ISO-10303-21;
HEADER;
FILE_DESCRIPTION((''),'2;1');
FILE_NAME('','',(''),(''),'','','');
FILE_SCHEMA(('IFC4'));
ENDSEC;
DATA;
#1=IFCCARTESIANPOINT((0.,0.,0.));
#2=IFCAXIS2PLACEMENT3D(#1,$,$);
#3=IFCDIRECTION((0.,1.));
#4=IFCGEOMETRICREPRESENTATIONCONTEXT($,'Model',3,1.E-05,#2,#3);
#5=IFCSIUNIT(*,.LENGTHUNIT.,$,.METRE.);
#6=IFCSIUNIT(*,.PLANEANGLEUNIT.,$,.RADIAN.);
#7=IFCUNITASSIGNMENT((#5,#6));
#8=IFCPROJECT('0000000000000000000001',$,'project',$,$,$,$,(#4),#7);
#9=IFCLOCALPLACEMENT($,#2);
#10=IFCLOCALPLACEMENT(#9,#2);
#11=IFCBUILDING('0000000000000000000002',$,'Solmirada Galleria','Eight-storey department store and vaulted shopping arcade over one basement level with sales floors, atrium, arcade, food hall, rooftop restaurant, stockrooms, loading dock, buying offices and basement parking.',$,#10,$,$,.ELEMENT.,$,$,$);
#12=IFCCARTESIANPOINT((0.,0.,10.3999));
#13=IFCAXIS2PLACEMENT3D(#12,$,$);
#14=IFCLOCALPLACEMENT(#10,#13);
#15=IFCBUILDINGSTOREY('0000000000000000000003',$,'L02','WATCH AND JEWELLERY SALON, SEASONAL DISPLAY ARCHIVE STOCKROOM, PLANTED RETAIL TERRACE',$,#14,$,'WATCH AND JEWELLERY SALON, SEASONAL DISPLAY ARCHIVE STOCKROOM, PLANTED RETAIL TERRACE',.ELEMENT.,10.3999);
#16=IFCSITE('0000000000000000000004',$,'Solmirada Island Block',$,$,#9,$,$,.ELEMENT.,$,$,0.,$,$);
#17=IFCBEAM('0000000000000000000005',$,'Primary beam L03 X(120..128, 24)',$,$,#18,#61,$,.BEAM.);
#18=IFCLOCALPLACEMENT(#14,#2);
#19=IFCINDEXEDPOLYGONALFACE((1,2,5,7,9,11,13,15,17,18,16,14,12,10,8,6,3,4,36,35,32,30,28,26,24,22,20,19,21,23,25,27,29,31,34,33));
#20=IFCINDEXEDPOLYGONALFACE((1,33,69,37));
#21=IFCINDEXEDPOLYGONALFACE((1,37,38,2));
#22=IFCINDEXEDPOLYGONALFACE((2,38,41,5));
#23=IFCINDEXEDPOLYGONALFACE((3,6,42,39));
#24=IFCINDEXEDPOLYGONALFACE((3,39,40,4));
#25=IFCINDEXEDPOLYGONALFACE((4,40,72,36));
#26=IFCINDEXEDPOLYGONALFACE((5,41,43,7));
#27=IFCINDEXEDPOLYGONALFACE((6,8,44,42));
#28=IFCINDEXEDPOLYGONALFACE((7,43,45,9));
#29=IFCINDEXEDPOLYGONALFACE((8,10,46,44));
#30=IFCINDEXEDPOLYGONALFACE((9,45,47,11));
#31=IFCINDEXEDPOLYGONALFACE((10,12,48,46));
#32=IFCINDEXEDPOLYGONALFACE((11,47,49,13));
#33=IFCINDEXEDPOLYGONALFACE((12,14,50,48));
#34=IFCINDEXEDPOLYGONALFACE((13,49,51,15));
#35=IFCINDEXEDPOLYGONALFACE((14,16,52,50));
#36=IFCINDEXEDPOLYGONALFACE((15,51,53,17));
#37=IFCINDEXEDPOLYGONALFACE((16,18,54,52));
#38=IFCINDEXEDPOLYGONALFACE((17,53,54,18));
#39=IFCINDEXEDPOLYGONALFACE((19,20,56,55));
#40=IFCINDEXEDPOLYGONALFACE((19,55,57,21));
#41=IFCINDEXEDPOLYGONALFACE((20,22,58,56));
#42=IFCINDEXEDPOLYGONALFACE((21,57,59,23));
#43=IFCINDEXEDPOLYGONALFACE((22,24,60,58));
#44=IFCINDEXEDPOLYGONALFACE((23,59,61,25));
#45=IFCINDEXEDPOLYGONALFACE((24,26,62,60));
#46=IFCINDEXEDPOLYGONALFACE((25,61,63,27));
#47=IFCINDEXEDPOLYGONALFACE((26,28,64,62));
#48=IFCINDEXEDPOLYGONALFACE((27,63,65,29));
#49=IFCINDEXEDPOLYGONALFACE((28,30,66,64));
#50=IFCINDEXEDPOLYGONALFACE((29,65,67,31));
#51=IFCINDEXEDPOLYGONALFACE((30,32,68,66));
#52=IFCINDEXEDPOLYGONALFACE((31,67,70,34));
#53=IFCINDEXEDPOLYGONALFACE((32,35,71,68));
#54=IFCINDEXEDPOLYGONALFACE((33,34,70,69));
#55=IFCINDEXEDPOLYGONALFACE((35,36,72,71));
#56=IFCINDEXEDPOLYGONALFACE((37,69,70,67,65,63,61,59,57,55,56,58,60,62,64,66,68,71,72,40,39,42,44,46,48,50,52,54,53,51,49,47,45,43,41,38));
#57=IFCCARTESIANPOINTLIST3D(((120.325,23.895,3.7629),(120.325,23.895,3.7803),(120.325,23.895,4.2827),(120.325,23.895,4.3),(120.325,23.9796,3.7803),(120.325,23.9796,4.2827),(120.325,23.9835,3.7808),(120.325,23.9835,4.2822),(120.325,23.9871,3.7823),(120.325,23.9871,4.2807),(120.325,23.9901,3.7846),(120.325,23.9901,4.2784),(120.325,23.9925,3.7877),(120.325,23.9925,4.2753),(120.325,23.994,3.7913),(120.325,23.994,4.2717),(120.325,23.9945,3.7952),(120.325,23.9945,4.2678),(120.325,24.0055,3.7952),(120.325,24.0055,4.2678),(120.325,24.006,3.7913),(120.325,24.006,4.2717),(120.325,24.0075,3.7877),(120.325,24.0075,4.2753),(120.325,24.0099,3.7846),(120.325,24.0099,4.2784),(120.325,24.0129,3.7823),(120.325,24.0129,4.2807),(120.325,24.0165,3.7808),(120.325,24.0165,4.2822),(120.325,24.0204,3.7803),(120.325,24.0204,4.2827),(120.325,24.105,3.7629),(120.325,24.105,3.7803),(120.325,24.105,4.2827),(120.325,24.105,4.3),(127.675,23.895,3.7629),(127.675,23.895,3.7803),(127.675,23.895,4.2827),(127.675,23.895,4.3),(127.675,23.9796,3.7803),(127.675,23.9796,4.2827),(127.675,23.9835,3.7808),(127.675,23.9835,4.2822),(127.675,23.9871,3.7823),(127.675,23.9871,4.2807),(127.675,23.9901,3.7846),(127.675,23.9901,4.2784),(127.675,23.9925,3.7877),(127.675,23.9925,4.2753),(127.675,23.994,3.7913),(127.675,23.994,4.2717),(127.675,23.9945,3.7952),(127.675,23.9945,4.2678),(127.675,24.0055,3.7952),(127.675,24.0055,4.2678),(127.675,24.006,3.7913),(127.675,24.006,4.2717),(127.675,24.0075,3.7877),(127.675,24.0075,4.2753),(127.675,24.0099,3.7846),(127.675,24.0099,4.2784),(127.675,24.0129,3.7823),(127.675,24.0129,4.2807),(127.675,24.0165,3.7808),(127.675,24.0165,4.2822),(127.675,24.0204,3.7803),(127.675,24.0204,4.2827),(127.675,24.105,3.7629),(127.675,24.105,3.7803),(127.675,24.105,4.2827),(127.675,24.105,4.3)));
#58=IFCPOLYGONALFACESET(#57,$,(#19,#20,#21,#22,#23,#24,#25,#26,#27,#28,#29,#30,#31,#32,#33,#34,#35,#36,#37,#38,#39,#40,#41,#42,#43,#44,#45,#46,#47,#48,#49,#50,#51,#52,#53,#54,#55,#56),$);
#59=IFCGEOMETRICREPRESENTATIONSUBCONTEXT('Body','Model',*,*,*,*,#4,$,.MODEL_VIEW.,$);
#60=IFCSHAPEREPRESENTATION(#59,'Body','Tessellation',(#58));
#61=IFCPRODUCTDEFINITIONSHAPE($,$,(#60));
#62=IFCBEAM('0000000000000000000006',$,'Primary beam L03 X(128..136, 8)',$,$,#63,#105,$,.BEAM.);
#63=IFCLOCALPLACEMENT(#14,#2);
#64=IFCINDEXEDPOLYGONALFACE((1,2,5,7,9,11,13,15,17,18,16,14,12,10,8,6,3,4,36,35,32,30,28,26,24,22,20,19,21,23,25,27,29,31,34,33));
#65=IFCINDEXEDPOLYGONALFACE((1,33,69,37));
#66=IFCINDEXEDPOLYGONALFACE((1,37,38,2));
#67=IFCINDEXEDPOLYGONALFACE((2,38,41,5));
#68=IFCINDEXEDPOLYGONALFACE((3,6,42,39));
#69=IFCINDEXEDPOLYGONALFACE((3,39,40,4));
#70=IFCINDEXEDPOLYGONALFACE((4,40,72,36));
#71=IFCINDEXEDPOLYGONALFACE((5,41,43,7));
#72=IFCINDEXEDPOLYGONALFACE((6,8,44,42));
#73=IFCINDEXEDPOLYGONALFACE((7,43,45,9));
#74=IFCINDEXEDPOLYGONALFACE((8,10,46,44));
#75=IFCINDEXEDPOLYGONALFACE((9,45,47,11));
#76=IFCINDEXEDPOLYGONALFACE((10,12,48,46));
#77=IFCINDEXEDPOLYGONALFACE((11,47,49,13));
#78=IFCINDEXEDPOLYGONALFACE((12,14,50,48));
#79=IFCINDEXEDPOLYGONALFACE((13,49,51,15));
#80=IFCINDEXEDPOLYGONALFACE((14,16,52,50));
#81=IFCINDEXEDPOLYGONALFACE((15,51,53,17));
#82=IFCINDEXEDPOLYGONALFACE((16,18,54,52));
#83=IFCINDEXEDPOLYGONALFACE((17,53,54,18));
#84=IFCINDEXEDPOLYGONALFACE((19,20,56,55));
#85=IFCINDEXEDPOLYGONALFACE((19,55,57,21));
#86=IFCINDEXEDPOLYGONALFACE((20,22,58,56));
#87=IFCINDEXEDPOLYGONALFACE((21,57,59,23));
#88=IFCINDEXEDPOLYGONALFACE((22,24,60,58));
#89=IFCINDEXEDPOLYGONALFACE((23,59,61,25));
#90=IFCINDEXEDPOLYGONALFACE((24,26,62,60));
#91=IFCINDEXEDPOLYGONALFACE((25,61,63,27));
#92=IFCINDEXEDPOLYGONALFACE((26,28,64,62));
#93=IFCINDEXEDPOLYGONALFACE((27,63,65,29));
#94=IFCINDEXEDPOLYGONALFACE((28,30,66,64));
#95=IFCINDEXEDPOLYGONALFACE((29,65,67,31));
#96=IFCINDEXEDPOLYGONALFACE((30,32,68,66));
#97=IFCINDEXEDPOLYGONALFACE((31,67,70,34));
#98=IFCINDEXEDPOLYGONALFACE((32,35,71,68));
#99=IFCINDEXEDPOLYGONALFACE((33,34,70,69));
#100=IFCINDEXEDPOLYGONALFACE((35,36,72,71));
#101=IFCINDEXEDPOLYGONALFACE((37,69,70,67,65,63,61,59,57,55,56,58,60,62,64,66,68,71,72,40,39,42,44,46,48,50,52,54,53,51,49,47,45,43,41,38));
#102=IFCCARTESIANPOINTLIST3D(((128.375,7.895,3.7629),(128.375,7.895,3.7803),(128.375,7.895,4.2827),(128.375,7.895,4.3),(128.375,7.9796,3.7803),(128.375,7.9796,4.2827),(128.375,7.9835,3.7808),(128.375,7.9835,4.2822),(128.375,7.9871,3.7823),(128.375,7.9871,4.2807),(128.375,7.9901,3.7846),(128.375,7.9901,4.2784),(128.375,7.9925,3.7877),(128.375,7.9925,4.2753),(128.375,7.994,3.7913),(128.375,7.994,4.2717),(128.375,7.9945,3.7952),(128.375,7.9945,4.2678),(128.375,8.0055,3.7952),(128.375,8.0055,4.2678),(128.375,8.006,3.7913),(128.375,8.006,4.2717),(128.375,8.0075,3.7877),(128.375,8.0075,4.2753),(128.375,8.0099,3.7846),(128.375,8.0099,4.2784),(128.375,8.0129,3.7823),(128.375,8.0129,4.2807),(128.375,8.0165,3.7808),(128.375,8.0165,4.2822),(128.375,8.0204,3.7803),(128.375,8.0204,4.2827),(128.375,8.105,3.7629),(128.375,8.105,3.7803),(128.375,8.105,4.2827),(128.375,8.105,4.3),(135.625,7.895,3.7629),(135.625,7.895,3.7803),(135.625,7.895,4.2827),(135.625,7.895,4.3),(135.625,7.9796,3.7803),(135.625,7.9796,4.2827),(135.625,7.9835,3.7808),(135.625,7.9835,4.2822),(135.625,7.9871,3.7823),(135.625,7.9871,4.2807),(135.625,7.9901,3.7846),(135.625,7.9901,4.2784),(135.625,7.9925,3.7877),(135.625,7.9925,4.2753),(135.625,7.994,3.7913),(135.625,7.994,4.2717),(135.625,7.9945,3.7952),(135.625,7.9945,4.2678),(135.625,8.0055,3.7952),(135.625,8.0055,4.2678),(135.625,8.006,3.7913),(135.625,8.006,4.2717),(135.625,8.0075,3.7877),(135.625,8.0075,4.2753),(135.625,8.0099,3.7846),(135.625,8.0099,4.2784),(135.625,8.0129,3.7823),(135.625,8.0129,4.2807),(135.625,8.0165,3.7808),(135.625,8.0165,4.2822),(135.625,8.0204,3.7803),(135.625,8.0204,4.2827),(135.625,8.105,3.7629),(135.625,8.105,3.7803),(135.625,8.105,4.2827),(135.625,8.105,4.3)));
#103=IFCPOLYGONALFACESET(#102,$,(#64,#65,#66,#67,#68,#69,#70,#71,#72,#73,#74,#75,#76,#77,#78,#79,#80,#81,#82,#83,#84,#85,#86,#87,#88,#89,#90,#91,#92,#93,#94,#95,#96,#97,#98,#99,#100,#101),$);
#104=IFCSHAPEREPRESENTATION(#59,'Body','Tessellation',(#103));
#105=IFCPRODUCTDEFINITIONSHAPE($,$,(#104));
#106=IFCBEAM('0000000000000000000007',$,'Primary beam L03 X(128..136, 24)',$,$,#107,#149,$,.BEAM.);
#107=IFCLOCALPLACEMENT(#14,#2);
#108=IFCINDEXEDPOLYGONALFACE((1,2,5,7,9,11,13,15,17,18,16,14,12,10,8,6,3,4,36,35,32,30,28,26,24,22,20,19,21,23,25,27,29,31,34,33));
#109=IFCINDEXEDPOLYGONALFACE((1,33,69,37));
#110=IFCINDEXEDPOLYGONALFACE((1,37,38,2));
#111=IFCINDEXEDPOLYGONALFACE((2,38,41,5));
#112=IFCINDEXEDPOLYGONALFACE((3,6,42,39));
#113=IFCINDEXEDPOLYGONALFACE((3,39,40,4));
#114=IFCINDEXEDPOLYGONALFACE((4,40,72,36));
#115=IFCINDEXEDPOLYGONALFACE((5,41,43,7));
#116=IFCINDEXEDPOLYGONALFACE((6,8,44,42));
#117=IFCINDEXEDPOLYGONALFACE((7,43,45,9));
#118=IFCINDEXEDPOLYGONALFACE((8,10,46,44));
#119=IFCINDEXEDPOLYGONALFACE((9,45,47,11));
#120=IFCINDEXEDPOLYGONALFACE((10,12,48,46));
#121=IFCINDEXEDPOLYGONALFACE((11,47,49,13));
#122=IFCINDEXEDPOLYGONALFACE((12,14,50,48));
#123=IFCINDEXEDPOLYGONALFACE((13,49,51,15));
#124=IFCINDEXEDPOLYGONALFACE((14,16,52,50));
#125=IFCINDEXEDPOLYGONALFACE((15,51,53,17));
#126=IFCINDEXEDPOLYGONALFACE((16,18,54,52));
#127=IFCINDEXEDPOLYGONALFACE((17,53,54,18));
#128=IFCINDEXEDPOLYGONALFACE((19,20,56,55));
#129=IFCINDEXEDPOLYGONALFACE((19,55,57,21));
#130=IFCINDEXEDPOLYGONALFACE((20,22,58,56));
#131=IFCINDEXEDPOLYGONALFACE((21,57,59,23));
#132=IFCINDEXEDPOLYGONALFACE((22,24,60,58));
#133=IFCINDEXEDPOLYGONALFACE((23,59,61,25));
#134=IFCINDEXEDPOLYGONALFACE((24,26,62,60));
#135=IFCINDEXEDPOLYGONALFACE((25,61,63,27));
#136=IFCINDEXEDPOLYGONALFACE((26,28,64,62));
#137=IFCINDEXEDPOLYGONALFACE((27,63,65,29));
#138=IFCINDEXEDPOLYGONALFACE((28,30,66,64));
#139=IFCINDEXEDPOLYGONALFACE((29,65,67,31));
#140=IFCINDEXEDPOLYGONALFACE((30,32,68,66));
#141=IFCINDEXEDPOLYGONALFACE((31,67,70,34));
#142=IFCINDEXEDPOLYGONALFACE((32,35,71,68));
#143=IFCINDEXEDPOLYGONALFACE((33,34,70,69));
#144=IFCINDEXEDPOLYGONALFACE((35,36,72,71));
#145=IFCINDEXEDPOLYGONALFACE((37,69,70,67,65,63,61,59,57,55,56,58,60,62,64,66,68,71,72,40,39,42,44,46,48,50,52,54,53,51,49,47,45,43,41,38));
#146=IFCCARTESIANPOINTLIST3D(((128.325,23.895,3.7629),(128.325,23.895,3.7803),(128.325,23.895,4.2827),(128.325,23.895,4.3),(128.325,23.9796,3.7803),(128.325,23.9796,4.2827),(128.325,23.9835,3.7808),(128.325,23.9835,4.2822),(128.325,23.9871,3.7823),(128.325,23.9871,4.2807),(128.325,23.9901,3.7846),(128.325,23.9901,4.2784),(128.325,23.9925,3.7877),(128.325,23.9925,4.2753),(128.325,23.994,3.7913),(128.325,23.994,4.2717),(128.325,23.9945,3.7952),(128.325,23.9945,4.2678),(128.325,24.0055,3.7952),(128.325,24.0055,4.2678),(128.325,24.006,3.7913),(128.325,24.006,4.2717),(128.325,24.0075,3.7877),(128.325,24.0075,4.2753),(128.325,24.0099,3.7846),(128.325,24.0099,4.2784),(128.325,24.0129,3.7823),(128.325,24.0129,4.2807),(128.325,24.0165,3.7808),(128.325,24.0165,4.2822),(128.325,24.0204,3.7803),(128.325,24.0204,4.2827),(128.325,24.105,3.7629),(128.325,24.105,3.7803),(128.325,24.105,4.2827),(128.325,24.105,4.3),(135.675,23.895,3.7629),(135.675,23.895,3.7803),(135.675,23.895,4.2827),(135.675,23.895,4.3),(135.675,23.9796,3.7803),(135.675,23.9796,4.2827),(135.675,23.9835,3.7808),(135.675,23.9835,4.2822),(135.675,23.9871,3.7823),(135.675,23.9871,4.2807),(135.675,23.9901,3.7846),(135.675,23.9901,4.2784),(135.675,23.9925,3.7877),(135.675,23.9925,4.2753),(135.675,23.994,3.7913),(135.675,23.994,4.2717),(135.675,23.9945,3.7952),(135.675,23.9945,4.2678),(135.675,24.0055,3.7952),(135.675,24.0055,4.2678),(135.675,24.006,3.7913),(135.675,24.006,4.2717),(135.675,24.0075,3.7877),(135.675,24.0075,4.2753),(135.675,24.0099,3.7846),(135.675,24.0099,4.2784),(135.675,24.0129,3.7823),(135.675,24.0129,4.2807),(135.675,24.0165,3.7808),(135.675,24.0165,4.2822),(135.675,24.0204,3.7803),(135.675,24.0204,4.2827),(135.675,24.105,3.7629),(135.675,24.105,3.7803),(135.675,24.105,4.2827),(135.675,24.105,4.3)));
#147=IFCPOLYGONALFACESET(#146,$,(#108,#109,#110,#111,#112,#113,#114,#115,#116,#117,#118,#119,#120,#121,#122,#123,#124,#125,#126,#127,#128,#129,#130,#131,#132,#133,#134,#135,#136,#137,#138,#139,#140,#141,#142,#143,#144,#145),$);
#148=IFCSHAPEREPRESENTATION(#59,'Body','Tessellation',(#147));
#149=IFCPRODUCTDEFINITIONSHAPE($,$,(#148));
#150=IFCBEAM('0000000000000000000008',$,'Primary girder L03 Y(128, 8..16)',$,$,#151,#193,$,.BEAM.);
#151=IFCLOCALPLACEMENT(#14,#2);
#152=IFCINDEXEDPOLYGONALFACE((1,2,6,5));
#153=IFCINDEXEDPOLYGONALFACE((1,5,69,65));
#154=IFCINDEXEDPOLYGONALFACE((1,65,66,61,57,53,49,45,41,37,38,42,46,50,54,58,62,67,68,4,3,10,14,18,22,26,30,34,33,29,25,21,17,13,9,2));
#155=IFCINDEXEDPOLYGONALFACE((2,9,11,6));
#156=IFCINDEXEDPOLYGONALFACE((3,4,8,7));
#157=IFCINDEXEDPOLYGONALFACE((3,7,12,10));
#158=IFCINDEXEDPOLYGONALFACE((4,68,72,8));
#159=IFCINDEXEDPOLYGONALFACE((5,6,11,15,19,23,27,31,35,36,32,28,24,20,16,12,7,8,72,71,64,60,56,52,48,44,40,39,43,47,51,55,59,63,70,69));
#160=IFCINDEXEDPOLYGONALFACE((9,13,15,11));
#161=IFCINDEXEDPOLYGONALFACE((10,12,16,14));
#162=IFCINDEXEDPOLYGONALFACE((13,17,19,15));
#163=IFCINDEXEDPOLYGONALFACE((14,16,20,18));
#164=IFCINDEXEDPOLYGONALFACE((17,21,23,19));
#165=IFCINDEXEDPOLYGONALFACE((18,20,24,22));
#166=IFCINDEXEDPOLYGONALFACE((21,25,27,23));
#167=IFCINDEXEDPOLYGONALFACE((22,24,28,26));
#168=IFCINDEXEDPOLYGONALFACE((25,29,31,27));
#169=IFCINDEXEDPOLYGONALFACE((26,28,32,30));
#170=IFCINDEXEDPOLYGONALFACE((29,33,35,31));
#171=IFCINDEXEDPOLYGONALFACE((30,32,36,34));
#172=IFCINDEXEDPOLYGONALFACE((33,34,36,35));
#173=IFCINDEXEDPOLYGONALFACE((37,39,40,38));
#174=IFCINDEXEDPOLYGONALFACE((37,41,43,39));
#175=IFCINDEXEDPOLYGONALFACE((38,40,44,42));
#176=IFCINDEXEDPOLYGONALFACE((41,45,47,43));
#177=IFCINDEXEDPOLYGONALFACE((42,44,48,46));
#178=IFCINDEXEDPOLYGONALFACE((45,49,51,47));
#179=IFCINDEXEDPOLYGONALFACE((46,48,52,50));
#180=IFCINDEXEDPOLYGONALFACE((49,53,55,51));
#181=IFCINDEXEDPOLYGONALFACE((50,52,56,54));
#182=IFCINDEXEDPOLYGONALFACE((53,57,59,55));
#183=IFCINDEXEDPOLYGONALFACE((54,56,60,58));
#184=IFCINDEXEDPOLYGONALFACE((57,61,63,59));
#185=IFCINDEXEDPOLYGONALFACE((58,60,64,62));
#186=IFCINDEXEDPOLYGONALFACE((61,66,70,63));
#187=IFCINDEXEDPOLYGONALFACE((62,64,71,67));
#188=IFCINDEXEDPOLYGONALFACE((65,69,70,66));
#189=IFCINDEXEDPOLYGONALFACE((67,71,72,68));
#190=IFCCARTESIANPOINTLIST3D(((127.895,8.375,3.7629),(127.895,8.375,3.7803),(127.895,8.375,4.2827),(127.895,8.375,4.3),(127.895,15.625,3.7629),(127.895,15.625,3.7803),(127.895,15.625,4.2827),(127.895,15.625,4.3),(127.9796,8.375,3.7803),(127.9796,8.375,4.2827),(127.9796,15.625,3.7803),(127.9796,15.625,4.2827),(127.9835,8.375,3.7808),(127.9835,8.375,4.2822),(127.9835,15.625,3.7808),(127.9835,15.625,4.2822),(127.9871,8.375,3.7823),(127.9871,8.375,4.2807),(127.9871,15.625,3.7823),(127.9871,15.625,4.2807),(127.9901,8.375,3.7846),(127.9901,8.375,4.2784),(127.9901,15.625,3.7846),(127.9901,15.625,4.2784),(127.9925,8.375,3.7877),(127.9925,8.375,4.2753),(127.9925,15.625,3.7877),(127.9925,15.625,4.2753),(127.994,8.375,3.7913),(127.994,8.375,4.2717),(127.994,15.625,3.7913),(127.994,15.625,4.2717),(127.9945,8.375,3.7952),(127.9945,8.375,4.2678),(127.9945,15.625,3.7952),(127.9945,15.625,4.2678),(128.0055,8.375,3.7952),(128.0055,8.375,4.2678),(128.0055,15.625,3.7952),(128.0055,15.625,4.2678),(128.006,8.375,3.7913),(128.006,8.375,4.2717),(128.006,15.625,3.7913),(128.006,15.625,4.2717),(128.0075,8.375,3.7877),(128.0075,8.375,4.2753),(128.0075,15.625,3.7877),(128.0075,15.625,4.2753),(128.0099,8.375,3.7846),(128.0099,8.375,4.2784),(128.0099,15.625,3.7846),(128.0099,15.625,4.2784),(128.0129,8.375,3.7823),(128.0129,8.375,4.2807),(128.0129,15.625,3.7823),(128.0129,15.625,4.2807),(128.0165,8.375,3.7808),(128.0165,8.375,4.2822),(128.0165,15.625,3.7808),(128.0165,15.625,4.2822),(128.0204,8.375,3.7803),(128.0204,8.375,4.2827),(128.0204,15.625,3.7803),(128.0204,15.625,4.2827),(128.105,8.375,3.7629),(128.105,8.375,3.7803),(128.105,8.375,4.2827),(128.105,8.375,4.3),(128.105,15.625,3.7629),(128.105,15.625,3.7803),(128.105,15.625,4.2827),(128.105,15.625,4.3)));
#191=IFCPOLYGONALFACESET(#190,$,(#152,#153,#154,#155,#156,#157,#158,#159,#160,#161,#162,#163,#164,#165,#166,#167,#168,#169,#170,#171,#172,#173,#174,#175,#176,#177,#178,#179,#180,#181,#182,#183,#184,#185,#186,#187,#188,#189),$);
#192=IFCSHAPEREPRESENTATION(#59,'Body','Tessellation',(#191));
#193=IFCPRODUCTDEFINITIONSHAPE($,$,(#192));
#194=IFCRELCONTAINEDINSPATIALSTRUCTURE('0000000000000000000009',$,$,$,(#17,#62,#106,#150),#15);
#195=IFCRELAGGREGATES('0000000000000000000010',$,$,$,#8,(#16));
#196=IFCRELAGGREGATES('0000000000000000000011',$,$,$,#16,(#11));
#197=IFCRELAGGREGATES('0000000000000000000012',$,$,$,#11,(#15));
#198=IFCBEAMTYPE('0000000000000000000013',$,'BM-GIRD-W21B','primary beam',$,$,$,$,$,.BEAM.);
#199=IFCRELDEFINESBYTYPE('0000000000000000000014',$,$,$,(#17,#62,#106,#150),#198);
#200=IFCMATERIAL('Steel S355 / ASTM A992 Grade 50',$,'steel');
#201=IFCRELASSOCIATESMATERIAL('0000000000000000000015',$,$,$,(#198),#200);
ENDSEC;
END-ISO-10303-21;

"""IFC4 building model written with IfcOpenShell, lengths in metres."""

from ifc_helpers import new_model, si_unit, direction, frame, origin, origin_2d, place, context, subcontext, project, spatial, i_section, extrude, material, material_profile, profile_set, type_object, element, save


model = new_model("IFC4")

# Units and contexts
model_context = context("Model", 3, precision=1e-05, world=origin(), true_north=direction((0.0, 1.0)))
body_context = subcontext(model_context, "Body", "Model", "MODEL_VIEW")
ifc_project = project(units=[si_unit("LENGTHUNIT", "METRE"), si_unit("PLANEANGLEUNIT", "RADIAN")], contexts=[model_context])

# Site, building, storey
site_placement = place(None, origin())
site = spatial("IfcSite", under=ifc_project, at=site_placement, Name="Solmirada Island Block", CompositionType="ELEMENT", RefElevation=0.0)
building_placement = place(site_placement, origin())
building = spatial("IfcBuilding", under=site, at=building_placement, Name="Solmirada Galleria", Description="Eight-storey department store and vaulted shopping arcade over one basement level with sales floors, atrium, arcade, food hall, rooftop restaurant, stockrooms, loading dock, buying offices and basement parking.", CompositionType="ELEMENT")
storey_placement = place(building_placement, frame((0.0, 0.0, 10.3999)))
storey = spatial("IfcBuildingStorey", under=building, at=storey_placement, Name="L02", Description="WATCH AND JEWELLERY SALON, SEASONAL DISPLAY ARCHIVE STOCKROOM, PLANTED RETAIL TERRACE", LongName="WATCH AND JEWELLERY SALON, SEASONAL DISPLAY ARCHIVE STOCKROOM, PLANTED RETAIL TERRACE", CompositionType="ELEMENT", Elevation=10.3999)

# Beams
ifc_material_1 = material(Name="Steel S355 / ASTM A992 Grade 50", Category="steel")
ifc_material_profile_1 = material_profile(ifc_material_1, i_section(OverallWidth=0.21, OverallDepth=0.5371, WebThickness=0.011, FlangeThickness=0.0173, FilletRadius=0.0149, at=origin_2d()), Name="W21X68")
ifc_profile_set_1 = profile_set([ifc_material_profile_1], Name="Steel S355 / ASTM A992 Grade 50")
beam_type_1 = type_object("IfcBeamType", Name="BM-GIRD-W21B", Description="primary beam", PredefinedType="BEAM", material=ifc_profile_set_1)
beam_1_placement = place(storey_placement, frame((120.325, 24.0, 4.0315), z_axis=(1.0, 0.0, 0.0), x_axis=(0.0, 1.0, 0.0)))
element("IfcBeam", 1, at=beam_1_placement, inside=storey, type_object=beam_type_1, Name="Primary beam L03 X(120..128, 24)", PredefinedType="BEAM", context=body_context, shape_type="SweptSolid", body=[
    extrude(i_section(OverallWidth=0.21, OverallDepth=0.5371, WebThickness=0.011, FlangeThickness=0.0173, FilletRadius=0.0149, at=origin_2d()), origin(), (0.0, 0.0, 1.0), 7.3501),
])
beam_2_placement = place(storey_placement, frame((128.375, 8.0, 4.0315), z_axis=(1.0, 0.0, 0.0), x_axis=(0.0, 1.0, 0.0)))
element("IfcBeam", 2, at=beam_2_placement, inside=storey, type_object=beam_type_1, Name="Primary beam L03 X(128..136, 8)", PredefinedType="BEAM", context=body_context, shape_type="SweptSolid", body=[
    extrude(i_section(OverallWidth=0.21, OverallDepth=0.5371, WebThickness=0.011, FlangeThickness=0.0173, FilletRadius=0.0149, at=origin_2d()), origin(), (0.0, 0.0, 1.0), 7.25),
])
beam_3_placement = place(storey_placement, frame((128.325, 24.0, 4.0315), z_axis=(1.0, 0.0, 0.0), x_axis=(0.0, 1.0, 0.0)))
element("IfcBeam", 3, at=beam_3_placement, inside=storey, type_object=beam_type_1, Name="Primary beam L03 X(128..136, 24)", PredefinedType="BEAM", context=body_context, shape_type="SweptSolid", body=[
    extrude(i_section(OverallWidth=0.21, OverallDepth=0.5371, WebThickness=0.011, FlangeThickness=0.0173, FilletRadius=0.0149, at=origin_2d()), origin(), (0.0, 0.0, 1.0), 7.3501),
])
beam_4_placement = place(storey_placement, frame((128.0, 8.375, 4.0315), z_axis=(0.0, 1.0, 0.0), x_axis=(-1.0, 0.0, 0.0)))
element("IfcBeam", 4, at=beam_4_placement, inside=storey, type_object=beam_type_1, Name="Primary girder L03 Y(128, 8..16)", PredefinedType="BEAM", context=body_context, shape_type="SweptSolid", body=[
    extrude(i_section(OverallWidth=0.21, OverallDepth=0.5371, WebThickness=0.011, FlangeThickness=0.0173, FilletRadius=0.0149, at=origin_2d()), origin(), (0.0, 0.0, 1.0), 7.25),
])

save(model, "model.ifc")
